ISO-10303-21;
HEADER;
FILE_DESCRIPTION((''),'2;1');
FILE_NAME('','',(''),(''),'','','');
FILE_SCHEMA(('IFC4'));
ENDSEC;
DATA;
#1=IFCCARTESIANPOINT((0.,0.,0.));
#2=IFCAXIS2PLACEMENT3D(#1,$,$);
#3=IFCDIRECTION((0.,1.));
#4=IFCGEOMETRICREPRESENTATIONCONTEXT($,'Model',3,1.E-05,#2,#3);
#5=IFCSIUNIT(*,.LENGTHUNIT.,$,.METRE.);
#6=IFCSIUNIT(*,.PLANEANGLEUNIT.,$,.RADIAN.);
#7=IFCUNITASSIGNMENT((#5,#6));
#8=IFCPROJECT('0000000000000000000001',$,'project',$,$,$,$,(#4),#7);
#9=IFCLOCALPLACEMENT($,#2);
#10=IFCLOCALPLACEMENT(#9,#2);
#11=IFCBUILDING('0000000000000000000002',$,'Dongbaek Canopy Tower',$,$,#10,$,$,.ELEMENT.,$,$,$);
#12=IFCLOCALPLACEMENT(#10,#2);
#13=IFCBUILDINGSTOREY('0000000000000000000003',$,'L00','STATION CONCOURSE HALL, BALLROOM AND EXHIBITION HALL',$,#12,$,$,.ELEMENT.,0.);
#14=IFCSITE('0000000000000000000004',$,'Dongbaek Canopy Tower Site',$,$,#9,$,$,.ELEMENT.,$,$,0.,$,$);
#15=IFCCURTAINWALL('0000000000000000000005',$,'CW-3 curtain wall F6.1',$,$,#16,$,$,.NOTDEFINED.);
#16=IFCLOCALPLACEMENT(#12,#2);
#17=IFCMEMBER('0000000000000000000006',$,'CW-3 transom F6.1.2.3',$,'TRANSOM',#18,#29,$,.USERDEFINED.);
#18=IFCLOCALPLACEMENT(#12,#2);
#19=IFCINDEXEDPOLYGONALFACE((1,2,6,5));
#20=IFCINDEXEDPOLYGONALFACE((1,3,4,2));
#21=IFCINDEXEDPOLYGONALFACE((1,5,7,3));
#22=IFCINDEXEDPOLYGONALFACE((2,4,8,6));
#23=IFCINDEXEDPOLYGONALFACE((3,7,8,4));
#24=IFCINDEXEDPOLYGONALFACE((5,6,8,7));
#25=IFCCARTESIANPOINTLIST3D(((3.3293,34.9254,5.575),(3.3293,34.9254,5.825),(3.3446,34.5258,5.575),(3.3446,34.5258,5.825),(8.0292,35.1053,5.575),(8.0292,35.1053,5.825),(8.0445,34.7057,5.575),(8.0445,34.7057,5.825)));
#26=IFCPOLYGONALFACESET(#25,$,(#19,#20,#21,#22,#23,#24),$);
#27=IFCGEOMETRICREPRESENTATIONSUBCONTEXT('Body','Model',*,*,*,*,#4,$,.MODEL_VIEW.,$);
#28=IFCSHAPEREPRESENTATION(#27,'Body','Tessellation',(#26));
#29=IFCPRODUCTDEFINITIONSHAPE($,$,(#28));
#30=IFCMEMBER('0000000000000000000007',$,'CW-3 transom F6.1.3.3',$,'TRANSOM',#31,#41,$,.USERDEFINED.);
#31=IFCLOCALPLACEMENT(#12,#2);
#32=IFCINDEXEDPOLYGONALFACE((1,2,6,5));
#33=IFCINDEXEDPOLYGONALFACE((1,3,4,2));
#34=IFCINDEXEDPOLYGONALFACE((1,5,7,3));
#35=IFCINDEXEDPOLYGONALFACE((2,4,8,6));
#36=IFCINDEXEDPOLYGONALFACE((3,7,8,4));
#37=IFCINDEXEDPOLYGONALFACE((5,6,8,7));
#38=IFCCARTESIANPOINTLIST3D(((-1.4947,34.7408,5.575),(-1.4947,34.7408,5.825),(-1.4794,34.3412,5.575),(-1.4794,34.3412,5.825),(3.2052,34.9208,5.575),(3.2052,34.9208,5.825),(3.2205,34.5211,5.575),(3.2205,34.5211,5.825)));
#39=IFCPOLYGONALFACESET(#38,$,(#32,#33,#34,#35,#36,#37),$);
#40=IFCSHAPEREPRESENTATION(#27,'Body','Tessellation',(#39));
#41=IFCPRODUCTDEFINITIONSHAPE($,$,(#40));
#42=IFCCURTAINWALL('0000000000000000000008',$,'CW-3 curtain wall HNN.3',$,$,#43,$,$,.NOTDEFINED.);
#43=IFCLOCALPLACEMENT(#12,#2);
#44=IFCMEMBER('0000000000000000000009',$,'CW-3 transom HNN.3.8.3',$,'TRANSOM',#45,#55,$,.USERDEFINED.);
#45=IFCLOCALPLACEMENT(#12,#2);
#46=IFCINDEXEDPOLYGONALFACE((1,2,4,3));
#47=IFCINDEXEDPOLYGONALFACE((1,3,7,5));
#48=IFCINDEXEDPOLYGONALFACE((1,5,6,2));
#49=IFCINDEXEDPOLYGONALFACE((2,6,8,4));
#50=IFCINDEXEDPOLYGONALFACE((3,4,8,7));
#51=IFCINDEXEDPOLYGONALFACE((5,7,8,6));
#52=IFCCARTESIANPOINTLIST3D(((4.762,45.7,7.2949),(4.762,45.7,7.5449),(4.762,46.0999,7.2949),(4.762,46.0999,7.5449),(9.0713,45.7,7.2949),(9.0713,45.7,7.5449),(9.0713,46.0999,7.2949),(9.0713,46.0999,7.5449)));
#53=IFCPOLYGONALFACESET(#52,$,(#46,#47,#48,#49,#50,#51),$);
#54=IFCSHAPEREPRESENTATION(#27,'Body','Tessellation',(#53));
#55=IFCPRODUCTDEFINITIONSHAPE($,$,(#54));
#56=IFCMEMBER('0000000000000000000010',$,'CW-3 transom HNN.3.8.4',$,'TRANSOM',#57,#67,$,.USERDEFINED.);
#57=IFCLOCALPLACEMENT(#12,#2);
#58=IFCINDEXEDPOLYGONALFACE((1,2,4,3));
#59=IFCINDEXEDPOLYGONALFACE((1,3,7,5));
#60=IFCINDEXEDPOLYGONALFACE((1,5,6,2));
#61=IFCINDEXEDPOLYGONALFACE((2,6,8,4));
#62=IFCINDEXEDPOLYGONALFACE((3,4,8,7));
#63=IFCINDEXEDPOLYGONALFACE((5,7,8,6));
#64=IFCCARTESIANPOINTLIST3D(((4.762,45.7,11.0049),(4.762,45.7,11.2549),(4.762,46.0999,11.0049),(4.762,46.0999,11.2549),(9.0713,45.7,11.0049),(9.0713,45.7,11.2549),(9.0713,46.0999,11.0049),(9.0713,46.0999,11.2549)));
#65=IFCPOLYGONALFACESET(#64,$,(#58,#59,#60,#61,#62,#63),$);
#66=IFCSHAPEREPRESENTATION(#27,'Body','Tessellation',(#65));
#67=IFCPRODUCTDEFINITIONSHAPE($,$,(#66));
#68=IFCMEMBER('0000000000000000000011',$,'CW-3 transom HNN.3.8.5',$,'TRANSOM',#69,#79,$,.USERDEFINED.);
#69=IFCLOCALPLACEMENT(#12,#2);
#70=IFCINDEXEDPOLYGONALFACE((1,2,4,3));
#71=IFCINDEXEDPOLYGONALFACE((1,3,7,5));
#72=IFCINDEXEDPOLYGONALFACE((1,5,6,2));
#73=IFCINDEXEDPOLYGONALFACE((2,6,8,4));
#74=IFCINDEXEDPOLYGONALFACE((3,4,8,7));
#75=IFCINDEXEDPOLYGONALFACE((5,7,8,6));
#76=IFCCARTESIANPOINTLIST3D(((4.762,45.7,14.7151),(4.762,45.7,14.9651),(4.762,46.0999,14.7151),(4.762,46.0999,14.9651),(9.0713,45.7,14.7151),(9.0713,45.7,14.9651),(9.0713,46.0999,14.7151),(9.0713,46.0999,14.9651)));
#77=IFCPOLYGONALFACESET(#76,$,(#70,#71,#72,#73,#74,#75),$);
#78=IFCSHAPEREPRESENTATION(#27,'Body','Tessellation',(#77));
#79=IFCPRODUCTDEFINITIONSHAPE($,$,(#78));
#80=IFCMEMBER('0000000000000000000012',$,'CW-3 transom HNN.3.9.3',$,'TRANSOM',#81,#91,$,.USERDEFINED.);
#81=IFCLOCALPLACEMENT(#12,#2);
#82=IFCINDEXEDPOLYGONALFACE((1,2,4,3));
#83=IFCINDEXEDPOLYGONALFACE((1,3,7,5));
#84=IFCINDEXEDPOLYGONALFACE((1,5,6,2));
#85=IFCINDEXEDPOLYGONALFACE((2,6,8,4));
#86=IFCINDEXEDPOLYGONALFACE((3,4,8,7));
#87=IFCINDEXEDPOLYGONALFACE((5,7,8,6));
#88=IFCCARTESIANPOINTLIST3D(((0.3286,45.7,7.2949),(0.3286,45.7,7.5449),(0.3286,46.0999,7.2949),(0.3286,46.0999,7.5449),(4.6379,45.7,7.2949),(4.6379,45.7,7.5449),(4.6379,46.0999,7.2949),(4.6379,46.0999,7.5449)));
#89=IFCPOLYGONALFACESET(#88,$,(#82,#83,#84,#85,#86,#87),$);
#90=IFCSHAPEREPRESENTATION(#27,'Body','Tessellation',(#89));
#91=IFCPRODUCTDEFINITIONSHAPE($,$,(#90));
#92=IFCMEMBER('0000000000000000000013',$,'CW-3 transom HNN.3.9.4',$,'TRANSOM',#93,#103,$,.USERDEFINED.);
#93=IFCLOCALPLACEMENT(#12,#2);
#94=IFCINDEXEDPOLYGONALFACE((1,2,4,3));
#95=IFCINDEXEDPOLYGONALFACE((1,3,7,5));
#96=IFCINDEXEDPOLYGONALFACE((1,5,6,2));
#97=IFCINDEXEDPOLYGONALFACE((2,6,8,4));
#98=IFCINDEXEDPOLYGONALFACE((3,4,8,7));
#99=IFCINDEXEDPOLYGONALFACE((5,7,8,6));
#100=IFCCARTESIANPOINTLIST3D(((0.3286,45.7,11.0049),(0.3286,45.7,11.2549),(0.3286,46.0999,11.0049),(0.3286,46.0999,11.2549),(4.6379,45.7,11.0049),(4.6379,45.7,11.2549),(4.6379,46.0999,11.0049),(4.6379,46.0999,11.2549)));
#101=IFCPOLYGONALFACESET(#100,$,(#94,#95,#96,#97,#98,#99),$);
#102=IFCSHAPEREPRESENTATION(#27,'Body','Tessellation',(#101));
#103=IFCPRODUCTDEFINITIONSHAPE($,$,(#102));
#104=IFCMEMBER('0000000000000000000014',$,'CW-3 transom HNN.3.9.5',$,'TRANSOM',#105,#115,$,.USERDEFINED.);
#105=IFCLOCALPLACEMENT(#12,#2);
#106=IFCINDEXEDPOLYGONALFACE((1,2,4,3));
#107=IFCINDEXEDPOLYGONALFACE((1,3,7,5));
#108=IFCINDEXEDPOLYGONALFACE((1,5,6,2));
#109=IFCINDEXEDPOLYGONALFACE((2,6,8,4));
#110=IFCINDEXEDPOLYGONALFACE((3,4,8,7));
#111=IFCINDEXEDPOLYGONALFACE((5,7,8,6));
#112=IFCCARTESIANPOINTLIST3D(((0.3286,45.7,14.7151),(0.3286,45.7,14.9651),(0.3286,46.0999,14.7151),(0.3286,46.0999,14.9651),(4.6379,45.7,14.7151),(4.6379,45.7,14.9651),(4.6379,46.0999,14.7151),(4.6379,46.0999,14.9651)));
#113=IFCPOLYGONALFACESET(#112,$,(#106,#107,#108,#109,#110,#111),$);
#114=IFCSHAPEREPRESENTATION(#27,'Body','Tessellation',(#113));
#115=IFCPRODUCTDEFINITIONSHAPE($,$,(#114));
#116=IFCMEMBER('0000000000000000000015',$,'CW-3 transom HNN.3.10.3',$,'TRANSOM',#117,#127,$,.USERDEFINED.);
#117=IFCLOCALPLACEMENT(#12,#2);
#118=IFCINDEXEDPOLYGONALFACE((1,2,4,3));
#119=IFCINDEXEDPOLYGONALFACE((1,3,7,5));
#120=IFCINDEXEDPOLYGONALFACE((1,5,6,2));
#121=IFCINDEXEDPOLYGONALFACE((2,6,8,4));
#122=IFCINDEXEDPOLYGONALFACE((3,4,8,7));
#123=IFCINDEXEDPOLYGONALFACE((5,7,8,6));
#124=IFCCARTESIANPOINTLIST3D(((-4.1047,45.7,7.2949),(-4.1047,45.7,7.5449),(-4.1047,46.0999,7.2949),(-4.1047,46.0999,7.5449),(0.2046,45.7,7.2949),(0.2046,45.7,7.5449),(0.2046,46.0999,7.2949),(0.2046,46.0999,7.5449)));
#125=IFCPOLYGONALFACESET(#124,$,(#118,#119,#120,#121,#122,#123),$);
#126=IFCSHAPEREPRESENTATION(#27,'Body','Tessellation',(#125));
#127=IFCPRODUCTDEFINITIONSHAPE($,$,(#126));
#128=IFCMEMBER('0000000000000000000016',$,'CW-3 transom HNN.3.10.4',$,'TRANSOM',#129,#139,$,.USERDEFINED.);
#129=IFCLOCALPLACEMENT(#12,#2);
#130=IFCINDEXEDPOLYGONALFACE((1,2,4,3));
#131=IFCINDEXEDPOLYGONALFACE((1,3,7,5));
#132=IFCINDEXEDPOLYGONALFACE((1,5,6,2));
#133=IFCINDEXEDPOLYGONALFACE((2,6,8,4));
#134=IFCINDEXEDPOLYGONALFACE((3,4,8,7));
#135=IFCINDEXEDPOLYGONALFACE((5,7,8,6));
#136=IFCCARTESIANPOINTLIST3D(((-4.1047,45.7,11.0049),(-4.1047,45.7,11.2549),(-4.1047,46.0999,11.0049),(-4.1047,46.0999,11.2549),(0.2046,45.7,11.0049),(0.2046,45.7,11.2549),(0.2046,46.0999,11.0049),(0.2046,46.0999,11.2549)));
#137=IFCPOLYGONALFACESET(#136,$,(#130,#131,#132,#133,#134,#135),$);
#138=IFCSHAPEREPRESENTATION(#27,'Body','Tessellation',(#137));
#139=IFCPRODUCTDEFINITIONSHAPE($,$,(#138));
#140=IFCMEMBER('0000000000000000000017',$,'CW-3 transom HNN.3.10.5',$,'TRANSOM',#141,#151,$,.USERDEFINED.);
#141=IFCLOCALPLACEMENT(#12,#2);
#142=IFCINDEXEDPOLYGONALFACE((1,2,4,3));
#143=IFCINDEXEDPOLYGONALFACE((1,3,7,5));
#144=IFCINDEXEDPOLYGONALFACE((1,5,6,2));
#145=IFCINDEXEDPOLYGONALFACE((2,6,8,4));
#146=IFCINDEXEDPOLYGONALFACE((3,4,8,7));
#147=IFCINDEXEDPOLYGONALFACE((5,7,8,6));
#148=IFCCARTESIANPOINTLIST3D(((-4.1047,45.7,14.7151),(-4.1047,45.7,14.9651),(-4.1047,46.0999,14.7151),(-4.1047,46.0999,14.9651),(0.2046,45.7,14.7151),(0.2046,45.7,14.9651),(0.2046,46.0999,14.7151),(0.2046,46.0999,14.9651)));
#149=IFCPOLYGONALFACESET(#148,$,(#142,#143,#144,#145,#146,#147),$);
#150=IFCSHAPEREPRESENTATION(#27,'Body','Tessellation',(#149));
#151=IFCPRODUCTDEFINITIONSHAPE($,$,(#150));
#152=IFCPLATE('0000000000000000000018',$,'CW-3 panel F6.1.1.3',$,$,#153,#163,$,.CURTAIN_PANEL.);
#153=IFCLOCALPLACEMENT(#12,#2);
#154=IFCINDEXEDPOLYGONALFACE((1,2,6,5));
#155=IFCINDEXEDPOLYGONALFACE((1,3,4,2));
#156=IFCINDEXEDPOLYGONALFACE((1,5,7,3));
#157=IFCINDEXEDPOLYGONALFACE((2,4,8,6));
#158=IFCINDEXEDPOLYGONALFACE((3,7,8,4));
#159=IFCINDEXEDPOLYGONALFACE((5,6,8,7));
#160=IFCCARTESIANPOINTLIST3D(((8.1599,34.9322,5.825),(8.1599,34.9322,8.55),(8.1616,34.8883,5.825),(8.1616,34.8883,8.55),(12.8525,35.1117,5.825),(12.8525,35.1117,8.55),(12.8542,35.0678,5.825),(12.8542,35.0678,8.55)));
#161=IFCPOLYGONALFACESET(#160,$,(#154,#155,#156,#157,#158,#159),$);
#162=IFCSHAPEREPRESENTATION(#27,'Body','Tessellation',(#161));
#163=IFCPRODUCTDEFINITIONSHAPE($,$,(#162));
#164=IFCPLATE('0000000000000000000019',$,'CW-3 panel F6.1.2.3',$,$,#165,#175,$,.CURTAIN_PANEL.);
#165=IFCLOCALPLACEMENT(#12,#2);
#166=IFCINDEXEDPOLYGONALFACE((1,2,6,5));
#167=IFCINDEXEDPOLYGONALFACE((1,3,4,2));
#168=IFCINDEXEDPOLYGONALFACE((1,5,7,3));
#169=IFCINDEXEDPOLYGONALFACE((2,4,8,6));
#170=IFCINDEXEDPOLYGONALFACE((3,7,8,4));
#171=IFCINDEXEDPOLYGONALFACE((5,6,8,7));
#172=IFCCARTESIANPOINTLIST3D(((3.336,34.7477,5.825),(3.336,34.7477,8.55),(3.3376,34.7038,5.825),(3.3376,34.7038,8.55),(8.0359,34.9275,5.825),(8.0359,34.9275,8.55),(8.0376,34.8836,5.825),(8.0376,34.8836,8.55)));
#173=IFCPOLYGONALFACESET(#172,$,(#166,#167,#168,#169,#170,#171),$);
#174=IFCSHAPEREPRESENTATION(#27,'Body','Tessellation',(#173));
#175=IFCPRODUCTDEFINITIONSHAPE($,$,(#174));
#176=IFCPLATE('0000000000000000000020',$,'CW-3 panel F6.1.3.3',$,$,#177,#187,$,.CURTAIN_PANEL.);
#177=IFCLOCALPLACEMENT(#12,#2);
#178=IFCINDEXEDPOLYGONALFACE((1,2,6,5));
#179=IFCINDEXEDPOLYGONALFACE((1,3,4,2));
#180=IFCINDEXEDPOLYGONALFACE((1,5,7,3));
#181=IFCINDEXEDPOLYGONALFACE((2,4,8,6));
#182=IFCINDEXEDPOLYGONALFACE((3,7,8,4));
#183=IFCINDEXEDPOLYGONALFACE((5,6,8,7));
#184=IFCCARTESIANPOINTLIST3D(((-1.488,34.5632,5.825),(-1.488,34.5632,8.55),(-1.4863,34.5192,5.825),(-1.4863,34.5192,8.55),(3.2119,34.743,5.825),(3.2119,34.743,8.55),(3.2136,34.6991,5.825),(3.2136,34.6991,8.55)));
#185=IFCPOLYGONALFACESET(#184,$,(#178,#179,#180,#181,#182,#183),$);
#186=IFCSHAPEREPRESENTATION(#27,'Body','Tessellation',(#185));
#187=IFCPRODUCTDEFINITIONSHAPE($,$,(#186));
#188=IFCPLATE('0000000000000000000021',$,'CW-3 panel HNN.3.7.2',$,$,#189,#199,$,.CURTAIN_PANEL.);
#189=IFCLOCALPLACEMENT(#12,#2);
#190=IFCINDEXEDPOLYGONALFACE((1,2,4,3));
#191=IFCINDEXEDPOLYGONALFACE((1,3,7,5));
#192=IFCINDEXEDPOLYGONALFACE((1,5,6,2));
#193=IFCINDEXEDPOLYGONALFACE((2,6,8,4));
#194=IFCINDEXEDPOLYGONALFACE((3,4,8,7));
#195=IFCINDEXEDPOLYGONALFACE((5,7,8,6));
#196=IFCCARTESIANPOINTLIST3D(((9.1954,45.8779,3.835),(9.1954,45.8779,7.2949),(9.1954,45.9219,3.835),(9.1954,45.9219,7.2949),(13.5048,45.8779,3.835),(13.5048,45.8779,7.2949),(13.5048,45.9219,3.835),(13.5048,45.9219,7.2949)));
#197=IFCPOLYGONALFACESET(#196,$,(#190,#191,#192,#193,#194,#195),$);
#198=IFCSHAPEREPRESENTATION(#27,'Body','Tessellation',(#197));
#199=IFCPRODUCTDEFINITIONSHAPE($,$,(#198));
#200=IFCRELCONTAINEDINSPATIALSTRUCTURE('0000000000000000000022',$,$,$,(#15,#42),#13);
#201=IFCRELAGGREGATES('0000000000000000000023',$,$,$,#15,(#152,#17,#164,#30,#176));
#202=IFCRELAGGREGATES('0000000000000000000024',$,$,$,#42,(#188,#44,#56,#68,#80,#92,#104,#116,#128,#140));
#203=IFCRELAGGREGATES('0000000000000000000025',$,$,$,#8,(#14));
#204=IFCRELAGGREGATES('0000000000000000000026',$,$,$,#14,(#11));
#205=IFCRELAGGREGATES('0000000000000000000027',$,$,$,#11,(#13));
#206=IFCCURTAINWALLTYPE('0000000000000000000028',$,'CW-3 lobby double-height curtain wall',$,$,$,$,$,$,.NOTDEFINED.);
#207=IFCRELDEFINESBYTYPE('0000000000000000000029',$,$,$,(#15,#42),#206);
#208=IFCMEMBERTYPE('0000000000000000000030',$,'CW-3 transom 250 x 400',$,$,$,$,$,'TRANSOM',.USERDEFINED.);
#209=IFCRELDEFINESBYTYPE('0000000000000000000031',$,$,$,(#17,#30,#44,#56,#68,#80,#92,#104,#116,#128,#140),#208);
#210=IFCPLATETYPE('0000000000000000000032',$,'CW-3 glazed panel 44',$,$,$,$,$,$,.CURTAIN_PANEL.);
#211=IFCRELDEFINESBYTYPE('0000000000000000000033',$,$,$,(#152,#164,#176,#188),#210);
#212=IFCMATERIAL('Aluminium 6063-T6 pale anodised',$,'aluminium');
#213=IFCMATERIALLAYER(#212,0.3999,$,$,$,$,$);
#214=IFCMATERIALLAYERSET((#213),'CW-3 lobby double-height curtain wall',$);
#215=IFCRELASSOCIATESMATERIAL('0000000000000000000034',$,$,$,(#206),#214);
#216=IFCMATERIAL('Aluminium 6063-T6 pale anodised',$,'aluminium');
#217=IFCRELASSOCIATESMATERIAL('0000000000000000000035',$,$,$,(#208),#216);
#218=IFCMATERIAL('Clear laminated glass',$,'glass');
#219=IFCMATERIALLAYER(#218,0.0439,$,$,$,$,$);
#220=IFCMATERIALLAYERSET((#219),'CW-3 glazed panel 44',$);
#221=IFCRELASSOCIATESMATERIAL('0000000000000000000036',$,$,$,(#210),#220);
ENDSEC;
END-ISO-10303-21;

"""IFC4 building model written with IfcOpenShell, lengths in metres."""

from ifc_helpers import new_model, si_unit, direction, frame, origin, origin_2d, place, context, subcontext, project, spatial, rectangle, extrude, material, layer, layer_set, material_profile, profile_set, type_object, element, aggregate, save


model = new_model("IFC4")

# Units and contexts
model_context = context("Model", 3, precision=1e-05, world=origin(), true_north=direction((0.0, 1.0)))
body_context = subcontext(model_context, "Body", "Model", "MODEL_VIEW")
ifc_project = project(units=[si_unit("LENGTHUNIT", "METRE"), si_unit("PLANEANGLEUNIT", "RADIAN")], contexts=[model_context])

# Site, building, storey
site_placement = place(None, origin())
site = spatial("IfcSite", under=ifc_project, at=site_placement, Name="Dongbaek Canopy Tower Site", CompositionType="ELEMENT", RefElevation=0.0)
building_placement = place(site_placement, origin())
building = spatial("IfcBuilding", under=site, at=building_placement, Name="Dongbaek Canopy Tower", CompositionType="ELEMENT")
storey_placement = place(building_placement, origin())
storey = spatial("IfcBuildingStorey", under=building, at=storey_placement, Name="L00", Description="STATION CONCOURSE HALL, BALLROOM AND EXHIBITION HALL", CompositionType="ELEMENT", Elevation=0.0)

# Curtain walls, members
ifc_material_1 = material(Name="Aluminium 6063-T6 pale anodised", Category="aluminium")
ifc_layer_1 = layer(ifc_material_1, 0.3999)
ifc_layer_set_1 = layer_set([ifc_layer_1], Name="CW-3 lobby double-height curtain wall")
curtain_wall_type = type_object("IfcCurtainWallType", Name="CW-3 lobby double-height curtain wall", PredefinedType="NOTDEFINED", material=ifc_layer_set_1)
curtain_wall_1_placement = place(storey_placement, origin())
curtain_wall_1 = element("IfcCurtainWall", 1, at=curtain_wall_1_placement, inside=storey, type_object=curtain_wall_type, Name="CW-3 curtain wall F6.1", PredefinedType="NOTDEFINED")
ifc_material_2 = material(Name="Aluminium 6063-T6 pale anodised", Category="aluminium")
ifc_material_profile = material_profile(ifc_material_2, rectangle(XDim=0.3999, YDim=0.25, at=origin_2d()), Name="CW-3 transom 250 x 400")
ifc_profile_set = profile_set([ifc_material_profile], Name="Aluminium 6063-T6 pale anodised")
member_type = type_object("IfcMemberType", Name="CW-3 transom 250 x 400", ElementType="TRANSOM", PredefinedType="USERDEFINED", material=ifc_profile_set)
member_1_placement = place(storey_placement, frame((8.0369, 34.9055, 5.7), z_axis=(-0.999268, -0.038256, 0.0), x_axis=(0.038256, -0.999268, 0.0)))
member_1 = element("IfcMember", 2, at=member_1_placement, type_object=member_type, Name="CW-3 transom F6.1.2.3", ObjectType="TRANSOM", PredefinedType="USERDEFINED", context=body_context, shape_type="SweptSolid", body=[
    extrude(rectangle(XDim=0.3999, YDim=0.25, at=origin_2d()), origin(), (0.0, 0.0, 1.0), 4.7034),
])
member_2_placement = place(storey_placement, frame((3.2129, 34.7209, 5.7), z_axis=(-0.999268, -0.038256, 0.0), x_axis=(0.038256, -0.999268, 0.0)))
member_2 = element("IfcMember", 3, at=member_2_placement, type_object=member_type, Name="CW-3 transom F6.1.3.3", ObjectType="TRANSOM", PredefinedType="USERDEFINED", context=body_context, shape_type="SweptSolid", body=[
    extrude(rectangle(XDim=0.3999, YDim=0.25, at=origin_2d()), origin(), (0.0, 0.0, 1.0), 4.7034),
])
curtain_wall_2_placement = place(storey_placement, origin())
curtain_wall_2 = element("IfcCurtainWall", 4, at=curtain_wall_2_placement, inside=storey, type_object=curtain_wall_type, Name="CW-3 curtain wall HNN.3", PredefinedType="NOTDEFINED")
member_3_placement = place(storey_placement, frame((9.0713, 45.8999, 7.4199), z_axis=(-1.0, 0.0, 0.0), x_axis=(0.0, -1.0, 0.0)))
member_3 = element("IfcMember", 5, at=member_3_placement, type_object=member_type, Name="CW-3 transom HNN.3.8.3", ObjectType="TRANSOM", PredefinedType="USERDEFINED", context=body_context, shape_type="SweptSolid", body=[
    extrude(rectangle(XDim=0.3999, YDim=0.25, at=origin_2d()), origin(), (0.0, 0.0, 1.0), 4.3093),
])
member_4_placement = place(storey_placement, frame((9.0713, 45.8999, 11.1299), z_axis=(-1.0, 0.0, 0.0), x_axis=(0.0, -1.0, 0.0)))
member_4 = element("IfcMember", 6, at=member_4_placement, type_object=member_type, Name="CW-3 transom HNN.3.8.4", ObjectType="TRANSOM", PredefinedType="USERDEFINED", context=body_context, shape_type="SweptSolid", body=[
    extrude(rectangle(XDim=0.3999, YDim=0.25, at=origin_2d()), origin(), (0.0, 0.0, 1.0), 4.3093),
])
member_5_placement = place(storey_placement, frame((9.0713, 45.8999, 14.8401), z_axis=(-1.0, 0.0, 0.0), x_axis=(0.0, -1.0, 0.0)))
member_5 = element("IfcMember", 7, at=member_5_placement, type_object=member_type, Name="CW-3 transom HNN.3.8.5", ObjectType="TRANSOM", PredefinedType="USERDEFINED", context=body_context, shape_type="SweptSolid", body=[
    extrude(rectangle(XDim=0.3999, YDim=0.25, at=origin_2d()), origin(), (0.0, 0.0, 1.0), 4.3093),
])
member_6_placement = place(storey_placement, frame((4.6379, 45.8999, 7.4199), z_axis=(-1.0, 0.0, 0.0), x_axis=(0.0, -1.0, 0.0)))
member_6 = element("IfcMember", 8, at=member_6_placement, type_object=member_type, Name="CW-3 transom HNN.3.9.3", ObjectType="TRANSOM", PredefinedType="USERDEFINED", context=body_context, shape_type="SweptSolid", body=[
    extrude(rectangle(XDim=0.3999, YDim=0.25, at=origin_2d()), origin(), (0.0, 0.0, 1.0), 4.3093),
])
member_7_placement = place(storey_placement, frame((4.6379, 45.8999, 11.1299), z_axis=(-1.0, 0.0, 0.0), x_axis=(0.0, -1.0, 0.0)))
member_7 = element("IfcMember", 9, at=member_7_placement, type_object=member_type, Name="CW-3 transom HNN.3.9.4", ObjectType="TRANSOM", PredefinedType="USERDEFINED", context=body_context, shape_type="SweptSolid", body=[
    extrude(rectangle(XDim=0.3999, YDim=0.25, at=origin_2d()), origin(), (0.0, 0.0, 1.0), 4.3093),
])
member_8_placement = place(storey_placement, frame((4.6379, 45.8999, 14.8401), z_axis=(-1.0, 0.0, 0.0), x_axis=(0.0, -1.0, 0.0)))
member_8 = element("IfcMember", 10, at=member_8_placement, type_object=member_type, Name="CW-3 transom HNN.3.9.5", ObjectType="TRANSOM", PredefinedType="USERDEFINED", context=body_context, shape_type="SweptSolid", body=[
    extrude(rectangle(XDim=0.3999, YDim=0.25, at=origin_2d()), origin(), (0.0, 0.0, 1.0), 4.3093),
])
member_9_placement = place(storey_placement, frame((0.2046, 45.8999, 7.4199), z_axis=(-1.0, 0.0, 0.0), x_axis=(0.0, -1.0, 0.0)))
member_9 = element("IfcMember", 11, at=member_9_placement, type_object=member_type, Name="CW-3 transom HNN.3.10.3", ObjectType="TRANSOM", PredefinedType="USERDEFINED", context=body_context, shape_type="SweptSolid", body=[
    extrude(rectangle(XDim=0.3999, YDim=0.25, at=origin_2d()), origin(), (0.0, 0.0, 1.0), 4.3093),
])
member_10_placement = place(storey_placement, frame((0.2046, 45.8999, 11.1299), z_axis=(-1.0, 0.0, 0.0), x_axis=(0.0, -1.0, 0.0)))
member_10 = element("IfcMember", 12, at=member_10_placement, type_object=member_type, Name="CW-3 transom HNN.3.10.4", ObjectType="TRANSOM", PredefinedType="USERDEFINED", context=body_context, shape_type="SweptSolid", body=[
    extrude(rectangle(XDim=0.3999, YDim=0.25, at=origin_2d()), origin(), (0.0, 0.0, 1.0), 4.3093),
])
member_11_placement = place(storey_placement, frame((0.2046, 45.8999, 14.8401), z_axis=(-1.0, 0.0, 0.0), x_axis=(0.0, -1.0, 0.0)))
member_11 = element("IfcMember", 13, at=member_11_placement, type_object=member_type, Name="CW-3 transom HNN.3.10.5", ObjectType="TRANSOM", PredefinedType="USERDEFINED", context=body_context, shape_type="SweptSolid", body=[
    extrude(rectangle(XDim=0.3999, YDim=0.25, at=origin_2d()), origin(), (0.0, 0.0, 1.0), 4.3093),
])

# Plates
ifc_material_3 = material(Name="Clear laminated glass", Category="glass")
ifc_layer_2 = layer(ifc_material_3, 0.0439)
ifc_layer_set_2 = layer_set([ifc_layer_2], Name="CW-3 glazed panel 44")
plate_type = type_object("IfcPlateType", Name="CW-3 glazed panel 44", PredefinedType="CURTAIN_PANEL", material=ifc_layer_set_2)
plate_1_placement = place(storey_placement, frame((10.5071, 35.0, 5.825), z_axis=(0.0, 0.0, 1.0), x_axis=(-0.999269, -0.038232, 0.0)))
plate_1 = element("IfcPlate", 14, at=plate_1_placement, type_object=plate_type, Name="CW-3 panel F6.1.1.3", PredefinedType="CURTAIN_PANEL", context=body_context, shape_type="SweptSolid", body=[
    extrude(rectangle(XDim=4.696, YDim=0.0439, at=origin_2d()), origin(), (0.0, 0.0, 1.0), 2.7251),
])
plate_2_placement = place(storey_placement, frame((5.6868, 34.8157, 5.825), z_axis=(0.0, 0.0, 1.0), x_axis=(-0.999269, -0.038232, 0.0)))
plate_2 = element("IfcPlate", 15, at=plate_2_placement, type_object=plate_type, Name="CW-3 panel F6.1.2.3", PredefinedType="CURTAIN_PANEL", context=body_context, shape_type="SweptSolid", body=[
    extrude(rectangle(XDim=4.7034, YDim=0.0439, at=origin_2d()), origin(), (0.0, 0.0, 1.0), 2.7251),
])
plate_3_placement = place(storey_placement, frame((0.8628, 34.6311, 5.825), z_axis=(0.0, 0.0, 1.0), x_axis=(-0.999269, -0.038232, 0.0)))
plate_3 = element("IfcPlate", 16, at=plate_3_placement, type_object=plate_type, Name="CW-3 panel F6.1.3.3", PredefinedType="CURTAIN_PANEL", context=body_context, shape_type="SweptSolid", body=[
    extrude(rectangle(XDim=4.7034, YDim=0.0439, at=origin_2d()), origin(), (0.0, 0.0, 1.0), 2.7251),
])
aggregate(curtain_wall_1, [plate_1, member_1, plate_2, member_2, plate_3])
plate_4_placement = place(storey_placement, frame((11.3501, 45.8999, 3.835), z_axis=(0.0, 0.0, 1.0), x_axis=(-1.0, 0.0, 0.0)))
plate_4 = element("IfcPlate", 17, at=plate_4_placement, type_object=plate_type, Name="CW-3 panel HNN.3.7.2", PredefinedType="CURTAIN_PANEL", context=body_context, shape_type="SweptSolid", body=[
    extrude(rectangle(XDim=4.3093, YDim=0.0439, at=origin_2d()), origin(), (0.0, 0.0, 1.0), 3.46),
])
aggregate(curtain_wall_2, [plate_4, member_3, member_4, member_5, member_6, member_7, member_8, member_9, member_10, member_11])

save(model, "model.ifc")
